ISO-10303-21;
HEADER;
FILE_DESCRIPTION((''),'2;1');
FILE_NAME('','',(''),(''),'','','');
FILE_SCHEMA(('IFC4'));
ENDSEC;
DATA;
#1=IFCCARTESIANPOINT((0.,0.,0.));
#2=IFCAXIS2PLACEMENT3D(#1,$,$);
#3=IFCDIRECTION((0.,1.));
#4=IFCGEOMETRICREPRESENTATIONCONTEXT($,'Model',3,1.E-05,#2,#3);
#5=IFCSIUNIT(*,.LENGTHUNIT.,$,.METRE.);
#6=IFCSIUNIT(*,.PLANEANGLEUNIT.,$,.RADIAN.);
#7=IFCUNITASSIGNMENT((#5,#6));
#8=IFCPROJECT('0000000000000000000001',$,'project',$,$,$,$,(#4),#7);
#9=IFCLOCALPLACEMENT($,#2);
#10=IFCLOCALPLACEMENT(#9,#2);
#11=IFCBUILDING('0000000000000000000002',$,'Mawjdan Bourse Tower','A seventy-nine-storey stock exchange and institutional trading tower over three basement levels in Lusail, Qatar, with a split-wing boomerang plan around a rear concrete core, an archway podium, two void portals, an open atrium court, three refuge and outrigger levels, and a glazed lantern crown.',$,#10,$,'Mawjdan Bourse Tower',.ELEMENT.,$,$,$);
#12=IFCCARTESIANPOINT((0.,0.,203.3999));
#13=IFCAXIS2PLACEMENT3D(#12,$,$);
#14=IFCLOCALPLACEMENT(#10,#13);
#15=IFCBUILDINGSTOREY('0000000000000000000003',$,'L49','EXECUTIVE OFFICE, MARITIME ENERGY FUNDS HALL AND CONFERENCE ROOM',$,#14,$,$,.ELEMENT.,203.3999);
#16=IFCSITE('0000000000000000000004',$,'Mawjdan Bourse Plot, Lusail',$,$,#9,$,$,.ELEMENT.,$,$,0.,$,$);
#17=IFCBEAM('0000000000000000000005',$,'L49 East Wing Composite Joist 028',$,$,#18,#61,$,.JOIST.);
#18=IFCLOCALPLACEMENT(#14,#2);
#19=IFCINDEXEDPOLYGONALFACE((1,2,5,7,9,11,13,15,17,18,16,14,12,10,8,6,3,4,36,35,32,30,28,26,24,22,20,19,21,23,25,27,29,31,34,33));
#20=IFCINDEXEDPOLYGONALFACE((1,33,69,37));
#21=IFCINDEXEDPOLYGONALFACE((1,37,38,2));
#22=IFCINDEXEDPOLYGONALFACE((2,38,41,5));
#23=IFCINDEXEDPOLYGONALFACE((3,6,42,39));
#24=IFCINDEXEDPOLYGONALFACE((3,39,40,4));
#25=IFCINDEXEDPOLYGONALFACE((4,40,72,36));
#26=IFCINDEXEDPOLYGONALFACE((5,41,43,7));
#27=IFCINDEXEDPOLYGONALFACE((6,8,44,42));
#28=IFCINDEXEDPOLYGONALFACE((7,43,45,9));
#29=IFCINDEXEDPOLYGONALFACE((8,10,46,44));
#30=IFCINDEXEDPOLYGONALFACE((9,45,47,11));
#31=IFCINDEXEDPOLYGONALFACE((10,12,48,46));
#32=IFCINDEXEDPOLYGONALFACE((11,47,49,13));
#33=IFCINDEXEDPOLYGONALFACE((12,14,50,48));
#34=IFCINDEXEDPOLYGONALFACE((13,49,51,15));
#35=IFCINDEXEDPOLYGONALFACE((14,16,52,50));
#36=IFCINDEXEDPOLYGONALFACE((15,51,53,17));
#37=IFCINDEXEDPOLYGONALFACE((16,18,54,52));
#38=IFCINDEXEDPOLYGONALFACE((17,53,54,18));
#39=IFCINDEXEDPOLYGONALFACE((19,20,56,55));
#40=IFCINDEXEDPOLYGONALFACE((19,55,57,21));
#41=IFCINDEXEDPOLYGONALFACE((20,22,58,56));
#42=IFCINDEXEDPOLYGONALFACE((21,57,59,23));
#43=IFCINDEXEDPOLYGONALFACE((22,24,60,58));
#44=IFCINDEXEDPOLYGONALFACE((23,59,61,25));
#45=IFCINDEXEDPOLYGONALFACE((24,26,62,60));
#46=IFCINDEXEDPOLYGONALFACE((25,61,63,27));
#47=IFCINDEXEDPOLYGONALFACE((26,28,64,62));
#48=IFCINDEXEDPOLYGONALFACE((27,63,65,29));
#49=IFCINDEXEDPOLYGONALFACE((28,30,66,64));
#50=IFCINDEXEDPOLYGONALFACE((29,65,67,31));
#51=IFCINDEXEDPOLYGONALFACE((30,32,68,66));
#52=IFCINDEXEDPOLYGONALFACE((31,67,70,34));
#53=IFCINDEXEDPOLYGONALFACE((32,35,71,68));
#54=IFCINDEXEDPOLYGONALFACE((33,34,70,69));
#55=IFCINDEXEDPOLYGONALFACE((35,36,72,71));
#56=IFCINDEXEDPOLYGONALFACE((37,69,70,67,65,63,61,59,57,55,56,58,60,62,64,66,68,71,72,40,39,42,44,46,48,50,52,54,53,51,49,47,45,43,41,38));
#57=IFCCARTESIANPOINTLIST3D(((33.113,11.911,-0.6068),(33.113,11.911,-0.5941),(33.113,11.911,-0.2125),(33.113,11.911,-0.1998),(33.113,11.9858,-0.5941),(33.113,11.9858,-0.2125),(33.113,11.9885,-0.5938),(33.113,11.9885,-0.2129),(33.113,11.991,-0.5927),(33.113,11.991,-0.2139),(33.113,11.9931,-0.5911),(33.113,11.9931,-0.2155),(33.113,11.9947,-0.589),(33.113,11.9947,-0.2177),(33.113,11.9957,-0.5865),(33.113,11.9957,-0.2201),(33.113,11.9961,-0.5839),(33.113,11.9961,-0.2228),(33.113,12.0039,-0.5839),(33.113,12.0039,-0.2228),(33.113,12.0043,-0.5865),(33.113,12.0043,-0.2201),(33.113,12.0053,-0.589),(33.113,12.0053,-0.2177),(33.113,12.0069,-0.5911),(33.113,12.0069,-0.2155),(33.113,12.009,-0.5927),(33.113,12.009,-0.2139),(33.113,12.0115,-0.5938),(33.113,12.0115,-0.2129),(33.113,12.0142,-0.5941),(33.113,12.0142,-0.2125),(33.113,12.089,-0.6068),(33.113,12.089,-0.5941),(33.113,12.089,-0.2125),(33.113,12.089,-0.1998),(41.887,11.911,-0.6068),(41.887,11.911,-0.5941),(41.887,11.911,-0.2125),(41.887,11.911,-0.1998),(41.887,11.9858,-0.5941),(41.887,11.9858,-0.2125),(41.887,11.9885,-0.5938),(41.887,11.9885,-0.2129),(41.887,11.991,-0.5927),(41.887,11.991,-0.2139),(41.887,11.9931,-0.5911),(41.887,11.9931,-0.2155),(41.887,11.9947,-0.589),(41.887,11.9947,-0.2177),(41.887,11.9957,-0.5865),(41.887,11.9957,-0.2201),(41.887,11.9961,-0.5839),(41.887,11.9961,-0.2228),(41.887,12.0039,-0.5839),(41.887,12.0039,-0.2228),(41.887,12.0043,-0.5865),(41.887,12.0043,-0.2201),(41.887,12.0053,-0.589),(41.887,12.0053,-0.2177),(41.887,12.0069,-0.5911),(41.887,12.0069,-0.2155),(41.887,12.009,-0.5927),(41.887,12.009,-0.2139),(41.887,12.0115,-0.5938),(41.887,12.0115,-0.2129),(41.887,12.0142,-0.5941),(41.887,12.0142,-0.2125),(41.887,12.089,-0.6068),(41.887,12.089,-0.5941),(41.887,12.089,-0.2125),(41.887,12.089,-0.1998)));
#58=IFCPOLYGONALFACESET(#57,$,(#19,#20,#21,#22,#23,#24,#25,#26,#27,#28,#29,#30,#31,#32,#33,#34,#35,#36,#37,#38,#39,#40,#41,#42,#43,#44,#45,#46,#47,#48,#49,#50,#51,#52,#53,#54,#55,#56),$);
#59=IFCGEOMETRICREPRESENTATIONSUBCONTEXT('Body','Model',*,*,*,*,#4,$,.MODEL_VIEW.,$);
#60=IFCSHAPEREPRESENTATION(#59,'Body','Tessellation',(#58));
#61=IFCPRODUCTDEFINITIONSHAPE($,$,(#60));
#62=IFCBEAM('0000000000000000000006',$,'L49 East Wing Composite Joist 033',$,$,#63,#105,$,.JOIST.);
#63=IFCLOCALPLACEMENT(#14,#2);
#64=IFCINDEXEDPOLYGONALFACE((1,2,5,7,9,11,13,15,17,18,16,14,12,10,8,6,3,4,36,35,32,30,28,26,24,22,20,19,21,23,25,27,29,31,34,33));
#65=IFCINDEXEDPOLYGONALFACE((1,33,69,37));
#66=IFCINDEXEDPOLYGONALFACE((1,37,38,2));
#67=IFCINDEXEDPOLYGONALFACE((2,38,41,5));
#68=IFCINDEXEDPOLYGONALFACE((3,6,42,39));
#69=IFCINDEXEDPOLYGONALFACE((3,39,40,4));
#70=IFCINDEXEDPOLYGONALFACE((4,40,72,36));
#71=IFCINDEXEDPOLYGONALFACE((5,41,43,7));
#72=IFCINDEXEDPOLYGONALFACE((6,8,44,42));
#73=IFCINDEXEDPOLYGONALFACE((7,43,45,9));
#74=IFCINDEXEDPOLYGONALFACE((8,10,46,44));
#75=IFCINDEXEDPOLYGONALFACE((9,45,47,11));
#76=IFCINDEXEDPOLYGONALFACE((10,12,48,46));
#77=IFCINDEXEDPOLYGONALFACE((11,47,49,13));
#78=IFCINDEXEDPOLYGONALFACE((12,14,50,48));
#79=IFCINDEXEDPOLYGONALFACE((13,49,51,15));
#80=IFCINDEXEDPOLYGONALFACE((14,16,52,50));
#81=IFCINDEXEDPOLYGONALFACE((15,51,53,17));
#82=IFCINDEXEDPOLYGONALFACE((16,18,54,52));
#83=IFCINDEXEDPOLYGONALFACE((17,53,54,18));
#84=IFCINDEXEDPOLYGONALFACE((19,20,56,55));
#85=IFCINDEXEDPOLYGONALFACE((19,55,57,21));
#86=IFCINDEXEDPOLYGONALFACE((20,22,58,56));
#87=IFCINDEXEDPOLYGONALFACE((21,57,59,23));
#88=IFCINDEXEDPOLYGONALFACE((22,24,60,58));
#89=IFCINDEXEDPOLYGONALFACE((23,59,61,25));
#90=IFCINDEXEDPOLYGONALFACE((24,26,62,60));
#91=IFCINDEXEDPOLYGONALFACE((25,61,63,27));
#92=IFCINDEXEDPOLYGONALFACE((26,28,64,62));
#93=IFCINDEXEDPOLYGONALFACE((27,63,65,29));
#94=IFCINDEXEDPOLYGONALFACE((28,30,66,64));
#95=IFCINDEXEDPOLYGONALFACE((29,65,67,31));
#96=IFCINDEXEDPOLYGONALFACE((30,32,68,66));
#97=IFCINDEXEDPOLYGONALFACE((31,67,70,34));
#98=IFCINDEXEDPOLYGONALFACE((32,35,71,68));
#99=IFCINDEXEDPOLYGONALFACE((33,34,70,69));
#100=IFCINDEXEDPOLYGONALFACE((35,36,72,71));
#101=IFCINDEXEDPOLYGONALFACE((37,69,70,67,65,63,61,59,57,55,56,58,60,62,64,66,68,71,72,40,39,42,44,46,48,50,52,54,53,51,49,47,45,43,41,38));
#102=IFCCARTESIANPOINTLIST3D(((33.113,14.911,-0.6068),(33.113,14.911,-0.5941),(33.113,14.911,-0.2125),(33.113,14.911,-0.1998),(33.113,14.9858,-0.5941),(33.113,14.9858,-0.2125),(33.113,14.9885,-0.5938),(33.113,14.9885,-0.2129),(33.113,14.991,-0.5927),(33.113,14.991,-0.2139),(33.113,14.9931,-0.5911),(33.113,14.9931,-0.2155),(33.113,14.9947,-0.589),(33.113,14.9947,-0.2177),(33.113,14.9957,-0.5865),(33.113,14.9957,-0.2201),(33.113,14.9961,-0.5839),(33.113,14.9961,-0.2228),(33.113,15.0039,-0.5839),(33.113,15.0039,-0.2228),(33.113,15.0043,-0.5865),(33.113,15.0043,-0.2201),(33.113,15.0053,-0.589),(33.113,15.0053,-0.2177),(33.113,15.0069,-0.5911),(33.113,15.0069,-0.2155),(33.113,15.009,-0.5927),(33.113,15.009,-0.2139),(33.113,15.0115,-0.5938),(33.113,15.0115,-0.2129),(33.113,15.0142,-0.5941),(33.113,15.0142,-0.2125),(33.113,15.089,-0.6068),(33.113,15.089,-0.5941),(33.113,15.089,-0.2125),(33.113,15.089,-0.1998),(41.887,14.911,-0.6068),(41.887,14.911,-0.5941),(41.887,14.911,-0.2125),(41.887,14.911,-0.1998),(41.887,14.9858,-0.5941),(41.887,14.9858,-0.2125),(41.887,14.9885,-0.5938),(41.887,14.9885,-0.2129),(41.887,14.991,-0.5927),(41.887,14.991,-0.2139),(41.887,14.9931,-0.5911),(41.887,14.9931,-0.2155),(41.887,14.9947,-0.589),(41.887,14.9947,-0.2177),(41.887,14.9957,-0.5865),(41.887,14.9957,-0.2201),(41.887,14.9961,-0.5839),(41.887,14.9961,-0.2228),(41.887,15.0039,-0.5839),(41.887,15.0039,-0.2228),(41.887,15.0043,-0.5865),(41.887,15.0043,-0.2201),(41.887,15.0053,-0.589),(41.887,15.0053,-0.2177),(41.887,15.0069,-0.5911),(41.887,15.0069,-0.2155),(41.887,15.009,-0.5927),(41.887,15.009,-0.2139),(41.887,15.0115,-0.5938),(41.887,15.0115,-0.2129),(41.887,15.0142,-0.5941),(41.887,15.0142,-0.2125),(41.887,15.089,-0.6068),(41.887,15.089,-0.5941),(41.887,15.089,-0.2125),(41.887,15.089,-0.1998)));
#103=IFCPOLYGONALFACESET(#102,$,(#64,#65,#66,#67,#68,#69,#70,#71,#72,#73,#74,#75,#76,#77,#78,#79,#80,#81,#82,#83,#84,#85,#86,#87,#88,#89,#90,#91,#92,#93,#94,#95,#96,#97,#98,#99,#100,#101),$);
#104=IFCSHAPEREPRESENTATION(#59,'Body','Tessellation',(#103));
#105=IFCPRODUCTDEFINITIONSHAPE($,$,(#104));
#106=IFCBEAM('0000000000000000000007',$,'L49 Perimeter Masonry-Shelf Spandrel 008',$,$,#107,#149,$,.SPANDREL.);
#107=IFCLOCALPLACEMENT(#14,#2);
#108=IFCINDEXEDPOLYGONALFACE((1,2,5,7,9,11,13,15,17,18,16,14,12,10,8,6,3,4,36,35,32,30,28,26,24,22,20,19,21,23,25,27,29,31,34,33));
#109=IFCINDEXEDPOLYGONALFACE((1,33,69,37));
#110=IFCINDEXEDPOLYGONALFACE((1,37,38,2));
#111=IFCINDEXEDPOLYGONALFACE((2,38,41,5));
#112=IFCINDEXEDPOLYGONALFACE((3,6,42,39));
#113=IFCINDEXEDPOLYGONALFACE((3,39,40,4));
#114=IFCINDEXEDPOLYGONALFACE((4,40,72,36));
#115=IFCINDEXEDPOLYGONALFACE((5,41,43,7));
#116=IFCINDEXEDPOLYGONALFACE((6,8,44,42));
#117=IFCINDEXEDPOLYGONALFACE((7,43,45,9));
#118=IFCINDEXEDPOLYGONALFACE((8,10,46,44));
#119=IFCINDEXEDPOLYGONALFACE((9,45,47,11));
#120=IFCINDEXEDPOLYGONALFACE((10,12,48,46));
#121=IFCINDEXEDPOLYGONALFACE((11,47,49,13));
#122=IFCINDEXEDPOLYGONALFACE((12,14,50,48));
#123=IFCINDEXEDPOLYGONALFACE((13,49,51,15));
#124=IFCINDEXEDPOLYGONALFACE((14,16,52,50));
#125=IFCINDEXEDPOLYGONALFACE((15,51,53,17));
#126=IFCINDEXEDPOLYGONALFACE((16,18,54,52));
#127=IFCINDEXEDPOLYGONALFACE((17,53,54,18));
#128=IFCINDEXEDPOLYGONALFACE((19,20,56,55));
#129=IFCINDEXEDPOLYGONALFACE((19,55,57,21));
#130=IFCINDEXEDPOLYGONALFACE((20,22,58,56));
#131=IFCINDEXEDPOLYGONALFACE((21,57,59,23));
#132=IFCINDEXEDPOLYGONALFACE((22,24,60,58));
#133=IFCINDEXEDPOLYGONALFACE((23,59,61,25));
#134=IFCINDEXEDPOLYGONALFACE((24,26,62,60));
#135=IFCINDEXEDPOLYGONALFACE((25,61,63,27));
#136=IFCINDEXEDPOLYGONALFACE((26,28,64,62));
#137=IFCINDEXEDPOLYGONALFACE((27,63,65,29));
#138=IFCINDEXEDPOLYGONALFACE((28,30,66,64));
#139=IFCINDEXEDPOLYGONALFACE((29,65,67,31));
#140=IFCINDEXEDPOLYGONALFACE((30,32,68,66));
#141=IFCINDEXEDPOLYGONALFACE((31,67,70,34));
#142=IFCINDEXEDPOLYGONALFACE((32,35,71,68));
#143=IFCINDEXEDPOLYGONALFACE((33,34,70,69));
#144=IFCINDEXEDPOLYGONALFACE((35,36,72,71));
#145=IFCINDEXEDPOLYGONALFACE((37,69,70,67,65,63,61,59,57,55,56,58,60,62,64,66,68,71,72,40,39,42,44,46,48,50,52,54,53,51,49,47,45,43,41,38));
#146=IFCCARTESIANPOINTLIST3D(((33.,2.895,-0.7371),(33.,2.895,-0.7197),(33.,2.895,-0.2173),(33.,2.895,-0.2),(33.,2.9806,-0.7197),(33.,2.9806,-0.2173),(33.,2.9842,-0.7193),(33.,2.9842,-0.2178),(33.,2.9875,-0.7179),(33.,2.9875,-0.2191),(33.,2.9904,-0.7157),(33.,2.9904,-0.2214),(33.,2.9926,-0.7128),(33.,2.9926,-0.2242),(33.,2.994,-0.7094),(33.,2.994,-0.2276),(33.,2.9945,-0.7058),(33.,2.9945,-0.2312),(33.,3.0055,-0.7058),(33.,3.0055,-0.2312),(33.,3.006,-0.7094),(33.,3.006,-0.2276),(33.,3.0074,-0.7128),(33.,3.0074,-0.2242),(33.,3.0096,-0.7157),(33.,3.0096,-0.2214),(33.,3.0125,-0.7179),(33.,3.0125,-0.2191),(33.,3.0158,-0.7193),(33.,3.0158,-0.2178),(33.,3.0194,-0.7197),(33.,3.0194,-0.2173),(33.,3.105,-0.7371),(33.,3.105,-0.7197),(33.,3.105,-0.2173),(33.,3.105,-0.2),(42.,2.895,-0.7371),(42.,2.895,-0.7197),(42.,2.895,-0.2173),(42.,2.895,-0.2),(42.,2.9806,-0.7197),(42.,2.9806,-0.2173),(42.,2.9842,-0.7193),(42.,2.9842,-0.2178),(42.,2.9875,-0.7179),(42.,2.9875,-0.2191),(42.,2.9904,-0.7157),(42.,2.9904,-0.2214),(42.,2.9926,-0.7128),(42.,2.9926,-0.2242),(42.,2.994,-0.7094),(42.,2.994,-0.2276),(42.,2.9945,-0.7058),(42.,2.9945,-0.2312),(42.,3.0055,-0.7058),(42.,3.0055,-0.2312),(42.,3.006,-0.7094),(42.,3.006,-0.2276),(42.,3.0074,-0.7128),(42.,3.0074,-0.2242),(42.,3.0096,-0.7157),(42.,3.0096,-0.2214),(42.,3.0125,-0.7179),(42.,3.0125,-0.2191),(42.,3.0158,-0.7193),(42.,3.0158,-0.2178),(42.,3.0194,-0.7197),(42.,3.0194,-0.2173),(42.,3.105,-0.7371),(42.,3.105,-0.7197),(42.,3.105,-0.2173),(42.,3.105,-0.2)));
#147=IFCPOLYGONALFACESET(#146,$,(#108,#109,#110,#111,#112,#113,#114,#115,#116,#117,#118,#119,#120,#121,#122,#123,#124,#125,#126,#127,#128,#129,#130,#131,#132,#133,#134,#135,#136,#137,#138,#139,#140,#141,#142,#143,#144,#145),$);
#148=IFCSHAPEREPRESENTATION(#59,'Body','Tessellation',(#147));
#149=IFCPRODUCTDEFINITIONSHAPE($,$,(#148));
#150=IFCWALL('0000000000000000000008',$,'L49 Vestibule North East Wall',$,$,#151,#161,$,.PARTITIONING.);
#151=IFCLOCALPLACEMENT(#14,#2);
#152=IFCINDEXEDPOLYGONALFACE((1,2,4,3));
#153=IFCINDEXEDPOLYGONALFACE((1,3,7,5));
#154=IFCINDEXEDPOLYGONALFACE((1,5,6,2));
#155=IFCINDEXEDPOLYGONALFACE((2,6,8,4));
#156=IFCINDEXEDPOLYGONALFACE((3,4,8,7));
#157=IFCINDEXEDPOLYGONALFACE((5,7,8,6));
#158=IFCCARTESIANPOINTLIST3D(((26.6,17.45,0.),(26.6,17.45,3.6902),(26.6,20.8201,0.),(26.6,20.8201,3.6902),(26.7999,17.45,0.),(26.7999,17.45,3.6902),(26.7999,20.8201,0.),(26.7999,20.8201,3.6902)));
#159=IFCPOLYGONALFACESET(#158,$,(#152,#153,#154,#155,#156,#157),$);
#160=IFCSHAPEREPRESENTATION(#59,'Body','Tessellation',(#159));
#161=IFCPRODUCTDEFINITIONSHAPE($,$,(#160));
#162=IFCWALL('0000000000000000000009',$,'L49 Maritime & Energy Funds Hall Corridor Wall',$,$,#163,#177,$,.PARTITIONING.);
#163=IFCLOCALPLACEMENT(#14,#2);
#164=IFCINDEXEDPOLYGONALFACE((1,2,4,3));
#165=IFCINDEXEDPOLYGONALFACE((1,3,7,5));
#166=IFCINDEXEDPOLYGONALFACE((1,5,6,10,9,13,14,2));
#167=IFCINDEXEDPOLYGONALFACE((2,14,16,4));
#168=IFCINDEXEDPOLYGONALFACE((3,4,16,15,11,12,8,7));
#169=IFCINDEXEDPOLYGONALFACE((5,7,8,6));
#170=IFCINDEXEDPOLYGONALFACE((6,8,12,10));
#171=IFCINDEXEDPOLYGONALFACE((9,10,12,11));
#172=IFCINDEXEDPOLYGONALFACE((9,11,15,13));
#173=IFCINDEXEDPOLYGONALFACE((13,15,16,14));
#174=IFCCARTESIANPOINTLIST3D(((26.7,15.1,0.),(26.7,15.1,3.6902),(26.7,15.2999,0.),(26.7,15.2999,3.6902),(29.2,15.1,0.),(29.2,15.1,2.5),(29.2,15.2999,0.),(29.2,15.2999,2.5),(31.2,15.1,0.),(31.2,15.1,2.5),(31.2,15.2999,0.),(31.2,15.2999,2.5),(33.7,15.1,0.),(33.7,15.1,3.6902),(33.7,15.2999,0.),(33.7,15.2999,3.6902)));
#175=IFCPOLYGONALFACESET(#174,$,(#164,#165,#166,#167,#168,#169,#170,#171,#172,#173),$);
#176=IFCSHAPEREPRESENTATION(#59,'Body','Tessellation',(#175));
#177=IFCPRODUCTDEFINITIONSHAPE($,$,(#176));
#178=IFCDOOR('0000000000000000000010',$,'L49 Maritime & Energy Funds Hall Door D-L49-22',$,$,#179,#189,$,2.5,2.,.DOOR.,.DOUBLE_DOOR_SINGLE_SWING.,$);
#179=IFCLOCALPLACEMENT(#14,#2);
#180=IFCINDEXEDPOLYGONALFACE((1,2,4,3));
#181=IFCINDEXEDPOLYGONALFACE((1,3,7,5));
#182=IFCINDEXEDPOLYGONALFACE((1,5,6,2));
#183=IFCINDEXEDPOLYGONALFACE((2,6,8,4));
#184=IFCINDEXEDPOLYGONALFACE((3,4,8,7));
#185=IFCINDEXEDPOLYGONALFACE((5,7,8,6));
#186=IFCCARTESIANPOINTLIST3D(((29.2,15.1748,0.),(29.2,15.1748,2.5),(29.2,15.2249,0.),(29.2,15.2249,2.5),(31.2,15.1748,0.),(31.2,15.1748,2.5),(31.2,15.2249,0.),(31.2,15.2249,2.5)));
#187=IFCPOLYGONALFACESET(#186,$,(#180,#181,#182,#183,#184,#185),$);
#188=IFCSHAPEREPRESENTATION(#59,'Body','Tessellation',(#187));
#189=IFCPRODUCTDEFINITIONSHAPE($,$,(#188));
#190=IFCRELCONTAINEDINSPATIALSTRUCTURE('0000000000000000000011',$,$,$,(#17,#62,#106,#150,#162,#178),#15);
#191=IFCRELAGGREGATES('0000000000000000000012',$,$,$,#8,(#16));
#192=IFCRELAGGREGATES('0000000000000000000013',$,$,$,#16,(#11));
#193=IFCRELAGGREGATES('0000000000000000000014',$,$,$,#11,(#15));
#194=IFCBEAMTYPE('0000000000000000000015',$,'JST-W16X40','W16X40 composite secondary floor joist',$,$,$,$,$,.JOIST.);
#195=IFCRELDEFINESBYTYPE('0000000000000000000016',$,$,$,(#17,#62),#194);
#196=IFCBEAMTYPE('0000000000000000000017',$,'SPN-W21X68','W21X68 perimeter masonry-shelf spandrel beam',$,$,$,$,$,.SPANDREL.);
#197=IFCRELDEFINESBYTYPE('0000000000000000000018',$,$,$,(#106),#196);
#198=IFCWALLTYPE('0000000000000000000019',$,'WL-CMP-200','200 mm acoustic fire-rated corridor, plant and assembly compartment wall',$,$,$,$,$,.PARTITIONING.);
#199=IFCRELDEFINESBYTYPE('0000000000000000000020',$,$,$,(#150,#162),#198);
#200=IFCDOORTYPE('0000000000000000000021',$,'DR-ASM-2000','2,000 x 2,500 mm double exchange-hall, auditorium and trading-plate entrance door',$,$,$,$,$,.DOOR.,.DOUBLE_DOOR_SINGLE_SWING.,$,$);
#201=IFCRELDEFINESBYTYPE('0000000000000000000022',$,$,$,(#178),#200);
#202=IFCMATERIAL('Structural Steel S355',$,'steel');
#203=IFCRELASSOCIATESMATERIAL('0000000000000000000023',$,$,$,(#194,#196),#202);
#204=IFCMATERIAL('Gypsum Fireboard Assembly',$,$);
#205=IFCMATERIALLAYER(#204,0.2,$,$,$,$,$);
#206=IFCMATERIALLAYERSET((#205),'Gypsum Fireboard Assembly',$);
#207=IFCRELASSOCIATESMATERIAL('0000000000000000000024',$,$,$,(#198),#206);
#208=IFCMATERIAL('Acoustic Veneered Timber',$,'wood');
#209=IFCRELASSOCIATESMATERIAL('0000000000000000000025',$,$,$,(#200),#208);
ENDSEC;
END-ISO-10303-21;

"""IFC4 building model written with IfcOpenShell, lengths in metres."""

from ifc_helpers import new_model, si_unit, direction, frame, frame_2d, origin, origin_2d, place, context, subcontext, project, spatial, rectangle, i_section, extrude, material, layer, layer_set, material_profile, profile_set, type_object, element, fill, save


model = new_model("IFC4")

# Units and contexts
model_context = context("Model", 3, precision=1e-05, world=origin(), true_north=direction((0.0, 1.0)))
body_context = subcontext(model_context, "Body", "Model", "MODEL_VIEW")
ifc_project = project(units=[si_unit("LENGTHUNIT", "METRE"), si_unit("PLANEANGLEUNIT", "RADIAN")], contexts=[model_context])

# Site, building, storey
site_placement = place(None, origin())
site = spatial("IfcSite", under=ifc_project, at=site_placement, Name="Mawjdan Bourse Plot, Lusail", CompositionType="ELEMENT", RefElevation=0.0)
building_placement = place(site_placement, origin())
building = spatial("IfcBuilding", under=site, at=building_placement, Name="Mawjdan Bourse Tower", Description="A seventy-nine-storey stock exchange and institutional trading tower over three basement levels in Lusail, Qatar, with a split-wing boomerang plan around a rear concrete core, an archway podium, two void portals, an open atrium court, three refuge and outrigger levels, and a glazed lantern crown.", LongName="Mawjdan Bourse Tower", CompositionType="ELEMENT")
storey_placement = place(building_placement, frame((0.0, 0.0, 203.3999)))
storey = spatial("IfcBuildingStorey", under=building, at=storey_placement, Name="L49", Description="EXECUTIVE OFFICE, MARITIME ENERGY FUNDS HALL AND CONFERENCE ROOM", CompositionType="ELEMENT", Elevation=203.3999)

# Beams
ifc_material_1 = material(Name="Structural Steel S355", Category="steel")
ifc_material_profile_1 = material_profile(ifc_material_1, i_section(OverallWidth=0.178, OverallDepth=0.407, WebThickness=0.0078, FlangeThickness=0.0127, FilletRadius=0.0103, at=origin_2d()), Name="W16X40")
ifc_profile_set_1 = profile_set([ifc_material_profile_1], Name="Structural Steel S355")
beam_type_1 = type_object("IfcBeamType", Name="JST-W16X40", Description="W16X40 composite secondary floor joist", PredefinedType="JOIST", material=ifc_profile_set_1)
for number, where, z_axis, x_axis, name in (
    (1, (33.113, 12.0, -0.4033), (1.0, 0.0, 0.0), (0.0, 1.0, 0.0), "L49 East Wing Composite Joist 028"),
    (2, (33.113, 15.0, -0.4033), (1.0, 0.0, 0.0), (0.0, 1.0, 0.0), "L49 East Wing Composite Joist 033"),
):
    element("IfcBeam", number, at=place(storey_placement, frame(where, z_axis=z_axis, x_axis=x_axis)), inside=storey, type_object=beam_type_1, Name=name, PredefinedType="JOIST", context=body_context, shape_type="SweptSolid", body=[
        extrude(i_section(OverallWidth=0.178, OverallDepth=0.407, WebThickness=0.0078, FlangeThickness=0.0127, FilletRadius=0.0103, at=origin_2d()), origin(), (0.0, 0.0, 1.0), 8.7739),
    ])
ifc_material_profile_2 = material_profile(ifc_material_1, i_section(OverallWidth=0.21, OverallDepth=0.5371, WebThickness=0.011, FlangeThickness=0.0173, FilletRadius=0.0139, at=origin_2d()), Name="W21X68")
ifc_profile_set_2 = profile_set([ifc_material_profile_2], Name="Structural Steel S355")
beam_type_2 = type_object("IfcBeamType", Name="SPN-W21X68", Description="W21X68 perimeter masonry-shelf spandrel beam", PredefinedType="SPANDREL", material=ifc_profile_set_2)
beam_1_placement = place(storey_placement, frame((33.0, 3.0, -0.4685), z_axis=(1.0, 0.0, 0.0), x_axis=(0.0, 1.0, 0.0)))
element("IfcBeam", 3, at=beam_1_placement, inside=storey, type_object=beam_type_2, Name="L49 Perimeter Masonry-Shelf Spandrel 008", PredefinedType="SPANDREL", context=body_context, shape_type="SweptSolid", body=[
    extrude(i_section(OverallWidth=0.21, OverallDepth=0.5371, WebThickness=0.011, FlangeThickness=0.0173, FilletRadius=0.0139, at=origin_2d()), origin(), (0.0, 0.0, 1.0), 9.0),
])

# Wall
ifc_material_2 = material(Name="Gypsum Fireboard Assembly")
ifc_layer_1 = layer(ifc_material_2, 0.2)
ifc_layer_set_1 = layer_set([ifc_layer_1], Name="Gypsum Fireboard Assembly")
wall_type_1 = type_object("IfcWallType", Name="WL-CMP-200", Description="200 mm acoustic fire-rated corridor, plant and assembly compartment wall", PredefinedType="PARTITIONING", material=ifc_layer_set_1)
wall_1_placement = place(storey_placement, frame((26.7, 17.45, 0.0), z_axis=(0.0, 0.0, 1.0), x_axis=(0.0, 1.0, 0.0)))
element("IfcWall", 4, at=wall_1_placement, inside=storey, type_object=wall_type_1, Name="L49 Vestibule North East Wall", PredefinedType="PARTITIONING", context=body_context, shape_type="SweptSolid", body=[
    extrude(rectangle(XDim=3.3701, YDim=0.2, at=frame_2d((1.6851, 0.0))), origin(), (0.0, 0.0, 1.0), 3.6902),
])

# Wall, opening, door
wall_2_placement = place(storey_placement, frame((26.7, 15.2, 0.0), z_axis=(0.0, 0.0, 1.0), x_axis=(1.0, 0.0, 0.0)))
wall_2 = element("IfcWall", 5, at=wall_2_placement, inside=storey, type_object=wall_type_1, Name="L49 Maritime & Energy Funds Hall Corridor Wall", PredefinedType="PARTITIONING", context=body_context, shape_type="SweptSolid", body=[
    extrude(rectangle(XDim=7.0, YDim=0.2, at=frame_2d((3.5, 0.0))), origin(), (0.0, 0.0, 1.0), 3.6902),
])
opening_1_placement = place(wall_2_placement, frame((2.5, 0.0, 0.0)))
opening_1 = element("IfcOpeningElement", 6, at=opening_1_placement, cuts=wall_2, PredefinedType="OPENING", context=body_context, shape_type="SweptSolid", body=[
    extrude(rectangle(XDim=2.0, YDim=2.5, at=frame_2d((1.0, 1.25))), frame((0.0, 0.1099, 0.0), z_axis=(0.0, -1.0, 0.0), x_axis=(1.0, 0.0, 0.0)), (0.0, 0.0, 1.0), 0.22),
])
ifc_material_3 = material(Name="Acoustic Veneered Timber", Category="wood")
door_type_1 = type_object("IfcDoorType", Name="DR-ASM-2000", Description="2,000 x 2,500 mm double exchange-hall, auditorium and trading-plate entrance door", OperationType="DOUBLE_DOOR_SINGLE_SWING", PredefinedType="DOOR", material=ifc_material_3)
door_1_placement = place(opening_1_placement, origin())
door_1 = element("IfcDoor", 7, at=door_1_placement, inside=storey, type_object=door_type_1, Name="L49 Maritime & Energy Funds Hall Door D-L49-22", OperationType="DOUBLE_DOOR_SINGLE_SWING", OverallHeight=2.5, OverallWidth=2.0, PredefinedType="DOOR", context=body_context, shape_type="SweptSolid", body=[
    extrude(rectangle(XDim=2.0, YDim=2.5, at=frame_2d((1.0, 1.25))), frame((0.0, 0.0249, 0.0), z_axis=(0.0, -1.0, 0.0), x_axis=(1.0, 0.0, 0.0)), (0.0, 0.0, 1.0), 0.05),
])
fill(opening_1, door_1)

save(model, "model.ifc")
